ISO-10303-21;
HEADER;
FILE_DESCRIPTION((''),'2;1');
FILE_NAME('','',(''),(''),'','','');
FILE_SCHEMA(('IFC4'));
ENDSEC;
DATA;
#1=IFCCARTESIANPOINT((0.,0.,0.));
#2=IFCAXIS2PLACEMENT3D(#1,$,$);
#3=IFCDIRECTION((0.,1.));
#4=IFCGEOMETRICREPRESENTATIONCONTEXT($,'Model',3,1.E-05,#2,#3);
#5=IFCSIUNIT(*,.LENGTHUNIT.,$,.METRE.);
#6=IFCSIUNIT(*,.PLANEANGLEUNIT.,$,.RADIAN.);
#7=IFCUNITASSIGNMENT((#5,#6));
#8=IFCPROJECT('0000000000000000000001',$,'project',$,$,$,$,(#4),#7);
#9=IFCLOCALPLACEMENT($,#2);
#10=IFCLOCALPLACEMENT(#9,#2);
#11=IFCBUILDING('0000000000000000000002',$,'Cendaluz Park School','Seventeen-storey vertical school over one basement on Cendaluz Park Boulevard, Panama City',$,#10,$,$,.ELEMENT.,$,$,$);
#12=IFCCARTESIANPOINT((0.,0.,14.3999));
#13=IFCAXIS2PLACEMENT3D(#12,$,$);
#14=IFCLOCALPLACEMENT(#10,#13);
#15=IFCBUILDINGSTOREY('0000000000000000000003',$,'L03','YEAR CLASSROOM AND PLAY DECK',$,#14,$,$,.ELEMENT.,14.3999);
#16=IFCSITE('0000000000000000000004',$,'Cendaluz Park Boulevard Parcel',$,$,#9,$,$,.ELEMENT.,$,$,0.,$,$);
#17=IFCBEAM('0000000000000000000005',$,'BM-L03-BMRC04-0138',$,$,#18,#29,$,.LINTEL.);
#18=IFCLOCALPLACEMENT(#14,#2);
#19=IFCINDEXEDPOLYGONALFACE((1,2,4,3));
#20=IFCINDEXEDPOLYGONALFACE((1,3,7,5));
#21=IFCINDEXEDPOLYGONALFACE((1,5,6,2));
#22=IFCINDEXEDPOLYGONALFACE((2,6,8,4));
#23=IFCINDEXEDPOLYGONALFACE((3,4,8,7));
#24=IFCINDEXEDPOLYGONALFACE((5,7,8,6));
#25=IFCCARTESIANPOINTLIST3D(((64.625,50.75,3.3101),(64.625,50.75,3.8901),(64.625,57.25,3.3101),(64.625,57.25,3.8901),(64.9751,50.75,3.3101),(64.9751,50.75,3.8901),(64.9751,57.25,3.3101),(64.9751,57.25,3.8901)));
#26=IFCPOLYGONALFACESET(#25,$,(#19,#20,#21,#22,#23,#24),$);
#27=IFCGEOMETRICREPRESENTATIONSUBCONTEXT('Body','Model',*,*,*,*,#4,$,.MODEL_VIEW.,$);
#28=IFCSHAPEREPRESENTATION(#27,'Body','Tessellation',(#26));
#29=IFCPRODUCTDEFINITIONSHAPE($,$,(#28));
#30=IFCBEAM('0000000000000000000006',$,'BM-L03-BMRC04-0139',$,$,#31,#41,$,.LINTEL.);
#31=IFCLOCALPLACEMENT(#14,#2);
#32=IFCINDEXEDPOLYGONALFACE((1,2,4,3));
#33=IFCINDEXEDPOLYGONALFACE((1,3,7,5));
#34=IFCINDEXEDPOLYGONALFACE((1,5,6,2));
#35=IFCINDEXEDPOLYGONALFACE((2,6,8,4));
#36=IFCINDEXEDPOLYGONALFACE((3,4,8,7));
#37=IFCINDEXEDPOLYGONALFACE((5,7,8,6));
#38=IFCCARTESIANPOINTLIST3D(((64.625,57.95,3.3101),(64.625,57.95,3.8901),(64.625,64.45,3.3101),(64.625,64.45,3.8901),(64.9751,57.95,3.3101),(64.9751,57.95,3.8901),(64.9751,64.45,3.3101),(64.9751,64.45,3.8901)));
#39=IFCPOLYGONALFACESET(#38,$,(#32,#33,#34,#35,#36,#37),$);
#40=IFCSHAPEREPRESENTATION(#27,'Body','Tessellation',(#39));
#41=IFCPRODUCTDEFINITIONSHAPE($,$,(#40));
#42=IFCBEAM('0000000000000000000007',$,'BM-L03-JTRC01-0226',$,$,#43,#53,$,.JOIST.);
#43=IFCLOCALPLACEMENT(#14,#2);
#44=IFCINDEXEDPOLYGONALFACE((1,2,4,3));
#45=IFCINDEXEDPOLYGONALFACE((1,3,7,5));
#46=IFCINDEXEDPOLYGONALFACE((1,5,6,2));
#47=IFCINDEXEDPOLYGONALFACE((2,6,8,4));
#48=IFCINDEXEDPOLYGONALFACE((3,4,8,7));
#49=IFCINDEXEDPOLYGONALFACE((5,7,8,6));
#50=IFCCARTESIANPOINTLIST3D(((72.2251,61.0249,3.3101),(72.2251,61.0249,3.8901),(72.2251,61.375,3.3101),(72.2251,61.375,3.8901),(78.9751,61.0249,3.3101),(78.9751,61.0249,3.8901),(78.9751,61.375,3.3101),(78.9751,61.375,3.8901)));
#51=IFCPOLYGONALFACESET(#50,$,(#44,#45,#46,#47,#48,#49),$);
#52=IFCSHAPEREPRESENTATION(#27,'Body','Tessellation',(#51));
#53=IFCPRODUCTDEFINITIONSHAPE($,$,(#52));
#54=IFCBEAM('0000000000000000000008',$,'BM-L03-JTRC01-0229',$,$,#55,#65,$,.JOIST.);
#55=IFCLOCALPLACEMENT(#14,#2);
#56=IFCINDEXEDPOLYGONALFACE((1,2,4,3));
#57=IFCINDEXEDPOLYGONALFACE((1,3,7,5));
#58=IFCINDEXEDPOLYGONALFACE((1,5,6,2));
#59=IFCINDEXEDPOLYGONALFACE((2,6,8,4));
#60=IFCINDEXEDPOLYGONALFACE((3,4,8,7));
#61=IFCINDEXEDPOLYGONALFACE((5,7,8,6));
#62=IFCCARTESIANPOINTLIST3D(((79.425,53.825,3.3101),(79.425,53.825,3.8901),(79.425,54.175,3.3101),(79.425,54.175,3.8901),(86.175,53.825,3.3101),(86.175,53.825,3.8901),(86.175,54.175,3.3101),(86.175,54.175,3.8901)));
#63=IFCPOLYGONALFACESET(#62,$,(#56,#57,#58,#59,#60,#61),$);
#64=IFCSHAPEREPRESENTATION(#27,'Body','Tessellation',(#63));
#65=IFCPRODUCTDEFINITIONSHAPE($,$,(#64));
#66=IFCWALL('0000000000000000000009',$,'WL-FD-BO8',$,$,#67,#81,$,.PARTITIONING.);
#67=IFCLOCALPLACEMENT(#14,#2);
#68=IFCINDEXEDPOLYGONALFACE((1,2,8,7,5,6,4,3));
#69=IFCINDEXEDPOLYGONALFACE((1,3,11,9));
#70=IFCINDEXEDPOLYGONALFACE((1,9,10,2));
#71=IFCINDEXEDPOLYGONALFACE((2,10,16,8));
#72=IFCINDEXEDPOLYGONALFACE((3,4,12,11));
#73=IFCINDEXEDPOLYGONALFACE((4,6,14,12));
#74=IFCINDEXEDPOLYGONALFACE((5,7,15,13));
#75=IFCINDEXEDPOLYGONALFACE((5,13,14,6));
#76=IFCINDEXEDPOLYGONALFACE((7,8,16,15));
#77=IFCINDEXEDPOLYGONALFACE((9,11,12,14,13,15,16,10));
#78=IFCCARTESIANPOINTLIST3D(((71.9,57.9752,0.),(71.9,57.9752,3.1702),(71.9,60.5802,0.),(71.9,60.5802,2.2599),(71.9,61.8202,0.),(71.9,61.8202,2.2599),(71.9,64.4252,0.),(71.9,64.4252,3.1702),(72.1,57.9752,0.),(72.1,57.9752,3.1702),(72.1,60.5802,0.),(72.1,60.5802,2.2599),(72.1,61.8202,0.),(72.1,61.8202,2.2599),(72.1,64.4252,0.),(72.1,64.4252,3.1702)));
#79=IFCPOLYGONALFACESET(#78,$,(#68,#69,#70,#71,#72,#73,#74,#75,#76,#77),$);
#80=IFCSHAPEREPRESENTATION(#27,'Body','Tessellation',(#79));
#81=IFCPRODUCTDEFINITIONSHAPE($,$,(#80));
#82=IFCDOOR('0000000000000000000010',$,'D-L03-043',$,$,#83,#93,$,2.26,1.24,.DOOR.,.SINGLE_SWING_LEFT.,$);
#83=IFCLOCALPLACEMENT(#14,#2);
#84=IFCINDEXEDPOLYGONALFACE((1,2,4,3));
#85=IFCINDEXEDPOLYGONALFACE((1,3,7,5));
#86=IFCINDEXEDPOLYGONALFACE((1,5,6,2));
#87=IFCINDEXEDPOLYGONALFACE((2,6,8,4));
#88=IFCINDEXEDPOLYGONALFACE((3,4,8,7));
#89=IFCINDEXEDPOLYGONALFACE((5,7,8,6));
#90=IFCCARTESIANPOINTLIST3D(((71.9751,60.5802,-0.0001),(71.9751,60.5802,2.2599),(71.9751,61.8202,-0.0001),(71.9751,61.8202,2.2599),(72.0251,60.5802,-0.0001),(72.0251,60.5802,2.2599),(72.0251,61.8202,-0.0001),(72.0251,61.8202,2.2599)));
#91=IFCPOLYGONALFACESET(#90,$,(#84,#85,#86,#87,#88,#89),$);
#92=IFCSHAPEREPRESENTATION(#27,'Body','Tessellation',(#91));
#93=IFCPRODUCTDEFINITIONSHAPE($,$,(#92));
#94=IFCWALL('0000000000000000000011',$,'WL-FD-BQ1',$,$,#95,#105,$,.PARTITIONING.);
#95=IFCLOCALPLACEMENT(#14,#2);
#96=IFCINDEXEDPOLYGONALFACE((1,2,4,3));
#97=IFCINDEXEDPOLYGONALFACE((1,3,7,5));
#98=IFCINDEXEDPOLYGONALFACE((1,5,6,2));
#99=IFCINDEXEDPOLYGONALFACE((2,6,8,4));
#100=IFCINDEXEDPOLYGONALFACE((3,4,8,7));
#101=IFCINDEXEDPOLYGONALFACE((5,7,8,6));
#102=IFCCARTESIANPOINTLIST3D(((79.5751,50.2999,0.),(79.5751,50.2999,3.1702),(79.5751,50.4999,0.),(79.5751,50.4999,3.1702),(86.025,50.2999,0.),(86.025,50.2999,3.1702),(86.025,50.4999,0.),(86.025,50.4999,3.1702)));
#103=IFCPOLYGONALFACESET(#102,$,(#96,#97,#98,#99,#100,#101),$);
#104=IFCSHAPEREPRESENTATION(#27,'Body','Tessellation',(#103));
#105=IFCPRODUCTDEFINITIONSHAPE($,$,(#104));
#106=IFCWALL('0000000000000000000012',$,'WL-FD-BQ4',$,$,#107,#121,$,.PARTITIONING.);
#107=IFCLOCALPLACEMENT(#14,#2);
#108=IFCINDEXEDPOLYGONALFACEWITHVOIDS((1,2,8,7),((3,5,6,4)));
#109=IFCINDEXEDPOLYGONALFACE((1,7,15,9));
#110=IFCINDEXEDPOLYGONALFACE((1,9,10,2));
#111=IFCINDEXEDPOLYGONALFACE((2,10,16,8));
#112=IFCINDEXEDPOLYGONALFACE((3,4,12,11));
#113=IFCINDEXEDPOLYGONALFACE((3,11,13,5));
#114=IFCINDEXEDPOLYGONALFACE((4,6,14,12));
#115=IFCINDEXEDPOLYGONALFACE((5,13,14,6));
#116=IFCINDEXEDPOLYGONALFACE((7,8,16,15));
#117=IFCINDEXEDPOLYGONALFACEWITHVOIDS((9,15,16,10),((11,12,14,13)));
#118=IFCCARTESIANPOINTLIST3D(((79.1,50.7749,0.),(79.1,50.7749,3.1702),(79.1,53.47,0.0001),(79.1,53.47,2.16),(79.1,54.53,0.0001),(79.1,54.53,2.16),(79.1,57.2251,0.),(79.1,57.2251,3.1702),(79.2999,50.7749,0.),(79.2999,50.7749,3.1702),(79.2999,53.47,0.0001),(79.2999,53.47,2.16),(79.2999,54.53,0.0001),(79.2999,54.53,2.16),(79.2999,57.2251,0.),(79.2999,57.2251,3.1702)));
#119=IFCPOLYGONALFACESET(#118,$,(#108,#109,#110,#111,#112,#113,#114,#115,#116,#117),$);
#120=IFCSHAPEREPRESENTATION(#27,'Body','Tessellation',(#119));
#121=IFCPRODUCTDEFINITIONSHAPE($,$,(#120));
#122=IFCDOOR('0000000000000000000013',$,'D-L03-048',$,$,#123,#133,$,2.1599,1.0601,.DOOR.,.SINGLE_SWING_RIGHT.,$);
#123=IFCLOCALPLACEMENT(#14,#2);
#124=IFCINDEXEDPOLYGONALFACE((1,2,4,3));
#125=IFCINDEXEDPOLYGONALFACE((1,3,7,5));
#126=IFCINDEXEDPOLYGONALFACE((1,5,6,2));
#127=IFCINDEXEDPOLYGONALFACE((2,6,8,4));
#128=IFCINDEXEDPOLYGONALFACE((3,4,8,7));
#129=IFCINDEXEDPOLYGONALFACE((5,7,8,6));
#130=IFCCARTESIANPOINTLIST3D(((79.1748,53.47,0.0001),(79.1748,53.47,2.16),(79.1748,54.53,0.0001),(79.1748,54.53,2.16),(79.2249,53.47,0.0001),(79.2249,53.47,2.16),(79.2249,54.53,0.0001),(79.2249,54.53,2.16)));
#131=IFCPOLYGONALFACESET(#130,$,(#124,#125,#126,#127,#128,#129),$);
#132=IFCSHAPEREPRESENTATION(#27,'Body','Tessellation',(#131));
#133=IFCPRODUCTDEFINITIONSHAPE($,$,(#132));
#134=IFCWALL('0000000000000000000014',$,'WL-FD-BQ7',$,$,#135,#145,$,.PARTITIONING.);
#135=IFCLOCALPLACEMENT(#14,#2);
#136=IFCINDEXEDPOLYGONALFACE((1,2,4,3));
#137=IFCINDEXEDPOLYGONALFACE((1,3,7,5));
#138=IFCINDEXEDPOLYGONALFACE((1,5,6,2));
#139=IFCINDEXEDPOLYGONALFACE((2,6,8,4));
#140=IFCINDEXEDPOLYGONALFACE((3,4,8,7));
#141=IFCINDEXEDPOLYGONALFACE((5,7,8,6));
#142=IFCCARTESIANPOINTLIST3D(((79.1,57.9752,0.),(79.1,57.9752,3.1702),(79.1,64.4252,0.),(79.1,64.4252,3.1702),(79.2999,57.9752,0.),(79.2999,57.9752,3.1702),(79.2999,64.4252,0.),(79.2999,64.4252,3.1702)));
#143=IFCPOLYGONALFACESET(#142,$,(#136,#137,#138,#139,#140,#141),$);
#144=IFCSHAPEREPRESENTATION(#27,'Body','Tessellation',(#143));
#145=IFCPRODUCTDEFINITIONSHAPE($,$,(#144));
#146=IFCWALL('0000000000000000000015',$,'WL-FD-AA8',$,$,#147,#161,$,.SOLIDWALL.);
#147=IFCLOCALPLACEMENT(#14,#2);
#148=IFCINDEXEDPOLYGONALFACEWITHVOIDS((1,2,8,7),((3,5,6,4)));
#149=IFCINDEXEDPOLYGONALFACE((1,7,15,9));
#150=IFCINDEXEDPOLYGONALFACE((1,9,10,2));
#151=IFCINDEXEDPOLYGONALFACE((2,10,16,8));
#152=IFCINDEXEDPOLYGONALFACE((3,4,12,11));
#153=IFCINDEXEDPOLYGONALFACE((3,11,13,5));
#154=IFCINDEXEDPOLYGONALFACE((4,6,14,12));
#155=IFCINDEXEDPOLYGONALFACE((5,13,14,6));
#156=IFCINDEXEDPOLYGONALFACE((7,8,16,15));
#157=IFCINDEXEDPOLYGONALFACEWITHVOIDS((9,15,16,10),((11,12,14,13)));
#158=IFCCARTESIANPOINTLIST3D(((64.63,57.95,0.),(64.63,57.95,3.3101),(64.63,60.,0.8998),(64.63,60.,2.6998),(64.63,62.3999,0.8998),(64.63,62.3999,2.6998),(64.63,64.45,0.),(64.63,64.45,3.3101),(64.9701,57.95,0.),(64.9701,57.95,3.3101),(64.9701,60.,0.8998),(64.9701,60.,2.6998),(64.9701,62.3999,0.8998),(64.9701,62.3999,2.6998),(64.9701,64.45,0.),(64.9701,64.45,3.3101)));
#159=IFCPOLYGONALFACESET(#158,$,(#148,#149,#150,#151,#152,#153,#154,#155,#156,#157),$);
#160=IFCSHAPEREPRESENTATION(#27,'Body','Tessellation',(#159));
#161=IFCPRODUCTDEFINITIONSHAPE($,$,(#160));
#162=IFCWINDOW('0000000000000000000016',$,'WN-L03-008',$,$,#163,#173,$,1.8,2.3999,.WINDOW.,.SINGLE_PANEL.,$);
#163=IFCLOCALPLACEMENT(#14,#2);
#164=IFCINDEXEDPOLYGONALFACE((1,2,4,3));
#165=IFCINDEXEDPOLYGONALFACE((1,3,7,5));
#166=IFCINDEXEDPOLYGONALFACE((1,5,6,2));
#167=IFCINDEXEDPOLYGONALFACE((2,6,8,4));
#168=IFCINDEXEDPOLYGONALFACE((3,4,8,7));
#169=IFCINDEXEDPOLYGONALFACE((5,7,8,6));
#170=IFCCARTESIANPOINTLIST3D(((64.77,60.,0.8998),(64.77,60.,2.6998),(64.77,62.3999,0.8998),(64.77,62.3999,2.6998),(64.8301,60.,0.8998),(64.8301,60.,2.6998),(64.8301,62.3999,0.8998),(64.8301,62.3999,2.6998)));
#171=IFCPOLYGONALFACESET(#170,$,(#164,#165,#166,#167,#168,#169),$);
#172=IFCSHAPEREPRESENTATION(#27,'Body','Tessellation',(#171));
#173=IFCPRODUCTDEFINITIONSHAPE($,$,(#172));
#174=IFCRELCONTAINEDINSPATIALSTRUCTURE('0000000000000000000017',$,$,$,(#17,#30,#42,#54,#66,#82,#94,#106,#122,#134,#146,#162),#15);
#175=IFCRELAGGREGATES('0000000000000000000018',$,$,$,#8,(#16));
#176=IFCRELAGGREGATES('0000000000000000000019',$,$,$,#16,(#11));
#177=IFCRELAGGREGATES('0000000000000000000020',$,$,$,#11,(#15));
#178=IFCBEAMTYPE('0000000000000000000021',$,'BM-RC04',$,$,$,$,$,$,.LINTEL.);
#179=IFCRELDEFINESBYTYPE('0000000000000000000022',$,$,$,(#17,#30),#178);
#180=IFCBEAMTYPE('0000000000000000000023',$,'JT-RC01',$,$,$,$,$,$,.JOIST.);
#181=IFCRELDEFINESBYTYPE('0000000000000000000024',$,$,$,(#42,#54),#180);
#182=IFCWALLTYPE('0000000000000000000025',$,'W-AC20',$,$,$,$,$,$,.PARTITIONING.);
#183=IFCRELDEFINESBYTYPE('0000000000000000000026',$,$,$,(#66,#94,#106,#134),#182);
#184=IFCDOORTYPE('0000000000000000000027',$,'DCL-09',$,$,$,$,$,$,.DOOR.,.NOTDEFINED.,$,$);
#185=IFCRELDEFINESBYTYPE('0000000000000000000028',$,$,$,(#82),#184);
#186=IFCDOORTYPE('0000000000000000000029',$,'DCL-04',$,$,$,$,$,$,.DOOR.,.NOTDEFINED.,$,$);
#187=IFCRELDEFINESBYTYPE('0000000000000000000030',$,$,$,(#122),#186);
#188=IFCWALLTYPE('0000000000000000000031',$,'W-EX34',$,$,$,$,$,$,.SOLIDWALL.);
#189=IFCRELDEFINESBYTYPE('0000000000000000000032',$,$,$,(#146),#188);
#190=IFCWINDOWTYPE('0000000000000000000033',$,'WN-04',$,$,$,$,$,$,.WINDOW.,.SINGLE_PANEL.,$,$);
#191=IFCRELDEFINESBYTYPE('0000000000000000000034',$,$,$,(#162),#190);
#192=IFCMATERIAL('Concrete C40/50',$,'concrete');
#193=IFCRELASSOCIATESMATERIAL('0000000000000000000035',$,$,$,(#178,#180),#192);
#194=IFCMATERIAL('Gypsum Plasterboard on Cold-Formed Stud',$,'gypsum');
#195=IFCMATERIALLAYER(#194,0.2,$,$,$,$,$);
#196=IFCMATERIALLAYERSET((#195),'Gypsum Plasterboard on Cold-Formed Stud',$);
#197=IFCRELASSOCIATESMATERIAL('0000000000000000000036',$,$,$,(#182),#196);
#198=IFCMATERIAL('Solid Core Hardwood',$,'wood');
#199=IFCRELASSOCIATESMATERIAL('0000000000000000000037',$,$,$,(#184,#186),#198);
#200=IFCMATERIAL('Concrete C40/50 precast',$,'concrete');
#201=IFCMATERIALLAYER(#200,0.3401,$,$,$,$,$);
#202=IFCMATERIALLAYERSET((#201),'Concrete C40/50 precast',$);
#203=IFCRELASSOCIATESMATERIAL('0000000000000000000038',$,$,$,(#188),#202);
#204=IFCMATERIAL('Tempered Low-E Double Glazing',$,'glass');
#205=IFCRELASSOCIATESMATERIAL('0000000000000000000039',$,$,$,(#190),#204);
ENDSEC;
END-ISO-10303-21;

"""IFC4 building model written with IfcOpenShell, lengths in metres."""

from ifc_helpers import new_model, si_unit, direction, frame, frame_2d, origin, origin_2d, place, context, subcontext, project, spatial, rectangle, extrude, material, layer, layer_set, material_profile, profile_set, type_object, element, fill, save


model = new_model("IFC4")

# Units and contexts
model_context = context("Model", 3, precision=1e-05, world=origin(), true_north=direction((0.0, 1.0)))
body_context = subcontext(model_context, "Body", "Model", "MODEL_VIEW")
ifc_project = project(units=[si_unit("LENGTHUNIT", "METRE"), si_unit("PLANEANGLEUNIT", "RADIAN")], contexts=[model_context])

# Site, building, storey
site_placement = place(None, origin())
site = spatial("IfcSite", under=ifc_project, at=site_placement, Name="Cendaluz Park Boulevard Parcel", CompositionType="ELEMENT", RefElevation=0.0)
building_placement = place(site_placement, origin())
building = spatial("IfcBuilding", under=site, at=building_placement, Name="Cendaluz Park School", Description="Seventeen-storey vertical school over one basement on Cendaluz Park Boulevard, Panama City", CompositionType="ELEMENT")
storey_placement = place(building_placement, frame((0.0, 0.0, 14.3999)))
storey = spatial("IfcBuildingStorey", under=building, at=storey_placement, Name="L03", Description="YEAR CLASSROOM AND PLAY DECK", CompositionType="ELEMENT", Elevation=14.3999)

# Shared definitions
ifc_material_1 = material(Name="Concrete C40/50", Category="concrete")

# Beams
ifc_material_profile_1 = material_profile(ifc_material_1, rectangle(XDim=0.3501, YDim=0.5801, at=origin_2d()), Name="RC 350x580", Category="concrete")
ifc_profile_set_1 = profile_set([ifc_material_profile_1], Name="Concrete C40/50")
beam_type_1 = type_object("IfcBeamType", Name="BM-RC04", PredefinedType="LINTEL", material=ifc_profile_set_1)
for number, where, z_axis, x_axis, name in (
    (1, (64.8, 50.75, 3.6001), (0.0, 1.0, 0.0), (-1.0, 0.0, 0.0), "BM-L03-BMRC04-0138"),
    (2, (64.8, 57.95, 3.6001), (0.0, 1.0, 0.0), (-1.0, 0.0, 0.0), "BM-L03-BMRC04-0139"),
):
    element("IfcBeam", number, at=place(storey_placement, frame(where, z_axis=z_axis, x_axis=x_axis)), inside=storey, type_object=beam_type_1, Name=name, PredefinedType="LINTEL", context=body_context, shape_type="SweptSolid", body=[
        extrude(rectangle(XDim=0.3501, YDim=0.5801, at=origin_2d()), origin(), (0.0, 0.0, 1.0), 6.5),
    ])
ifc_material_profile_2 = material_profile(ifc_material_1, rectangle(XDim=0.3501, YDim=0.5801, at=origin_2d()), Name="RC 350x580", Category="concrete")
ifc_profile_set_2 = profile_set([ifc_material_profile_2], Name="Concrete C40/50")
beam_type_2 = type_object("IfcBeamType", Name="JT-RC01", PredefinedType="JOIST", material=ifc_profile_set_2)
for number, where, z_axis, x_axis, name in (
    (3, (72.2251, 61.2, 3.6001), (1.0, 0.0, 0.0), (0.0, 1.0, 0.0), "BM-L03-JTRC01-0226"),
    (4, (79.425, 54.0, 3.6001), (1.0, 0.0, 0.0), (0.0, 1.0, 0.0), "BM-L03-JTRC01-0229"),
):
    element("IfcBeam", number, at=place(storey_placement, frame(where, z_axis=z_axis, x_axis=x_axis)), inside=storey, type_object=beam_type_2, Name=name, PredefinedType="JOIST", context=body_context, shape_type="SweptSolid", body=[
        extrude(rectangle(XDim=0.3501, YDim=0.5801, at=origin_2d()), origin(), (0.0, 0.0, 1.0), 6.75),
    ])

# Wall, opening, door
ifc_material_2 = material(Name="Gypsum Plasterboard on Cold-Formed Stud", Category="gypsum")
ifc_layer_1 = layer(ifc_material_2, 0.2)
ifc_layer_set_1 = layer_set([ifc_layer_1], Name="Gypsum Plasterboard on Cold-Formed Stud")
wall_type_1 = type_object("IfcWallType", Name="W-AC20", PredefinedType="PARTITIONING", material=ifc_layer_set_1)
wall_1_placement = place(storey_placement, frame((72.0, 57.9751, 0.0), z_axis=(0.0, 0.0, 1.0), x_axis=(0.0, 1.0, 0.0)))
wall_1 = element("IfcWall", 5, at=wall_1_placement, inside=storey, type_object=wall_type_1, Name="WL-FD-BO8", PredefinedType="PARTITIONING", context=body_context, shape_type="SweptSolid", body=[
    extrude(rectangle(XDim=6.45, YDim=0.2, at=frame_2d((3.2251, 0.0))), origin(), (0.0, 0.0, 1.0), 3.1702),
])
opening_1_placement = place(wall_1_placement, frame((2.605, 0.0, 0.0)))
opening_1 = element("IfcOpeningElement", 6, at=opening_1_placement, cuts=wall_1, PredefinedType="OPENING", context=body_context, shape_type="SweptSolid", body=[
    extrude(rectangle(XDim=1.24, YDim=2.26, at=frame_2d((0.6201, 1.1299))), frame((0.0, 0.1121, 0.0), z_axis=(0.0, -1.0, 0.0), x_axis=(1.0, 0.0, 0.0)), (0.0, 0.0, 1.0), 0.2239),
])
ifc_material_3 = material(Name="Solid Core Hardwood", Category="wood")
door_type_1 = type_object("IfcDoorType", Name="DCL-09", OperationType="NOTDEFINED", PredefinedType="DOOR", material=ifc_material_3)
door_1_placement = place(opening_1_placement, origin())
door_1 = element("IfcDoor", 7, at=door_1_placement, inside=storey, type_object=door_type_1, Name="D-L03-043", OperationType="SINGLE_SWING_LEFT", OverallHeight=2.26, OverallWidth=1.24, PredefinedType="DOOR", context=body_context, shape_type="SweptSolid", body=[
    extrude(rectangle(XDim=1.24, YDim=2.26, at=frame_2d((0.6201, 1.1299))), frame((0.0, 0.0249, 0.0), z_axis=(0.0, -1.0, 0.0), x_axis=(1.0, 0.0, 0.0)), (0.0, 0.0, 1.0), 0.05),
])
fill(opening_1, door_1)

# Wall
wall_2_placement = place(storey_placement, frame((79.575, 50.3999, 0.0), z_axis=(0.0, 0.0, 1.0), x_axis=(1.0, 0.0, 0.0)))
element("IfcWall", 8, at=wall_2_placement, inside=storey, type_object=wall_type_1, Name="WL-FD-BQ1", PredefinedType="PARTITIONING", context=body_context, shape_type="SweptSolid", body=[
    extrude(rectangle(XDim=6.45, YDim=0.2, at=frame_2d((3.2251, 0.0))), origin(), (0.0, 0.0, 1.0), 3.1702),
])

# Wall, opening, door
wall_3_placement = place(storey_placement, frame((79.2, 50.7749, 0.0), z_axis=(0.0, 0.0, 1.0), x_axis=(0.0, 1.0, 0.0)))
wall_3 = element("IfcWall", 9, at=wall_3_placement, inside=storey, type_object=wall_type_1, Name="WL-FD-BQ4", PredefinedType="PARTITIONING", context=body_context, shape_type="SweptSolid", body=[
    extrude(rectangle(XDim=6.4502, YDim=0.2, at=frame_2d((3.2251, 0.0))), origin(), (0.0, 0.0, 1.0), 3.1702),
])
opening_2_placement = place(wall_3_placement, frame((2.6951, 0.0, 0.0)))
opening_2 = element("IfcOpeningElement", 10, at=opening_2_placement, cuts=wall_3, PredefinedType="OPENING", context=body_context, shape_type="SweptSolid", body=[
    extrude(rectangle(XDim=1.0601, YDim=2.1599, at=frame_2d((0.53, 1.0801))), frame((0.0, 0.1121, 0.0), z_axis=(0.0, -1.0, 0.0), x_axis=(1.0, 0.0, 0.0)), (0.0, 0.0, 1.0), 0.2239),
])
door_type_2 = type_object("IfcDoorType", Name="DCL-04", OperationType="NOTDEFINED", PredefinedType="DOOR", material=ifc_material_3)
door_2_placement = place(opening_2_placement, frame((1.0601, 0.0, 0.0), z_axis=(0.0, 0.0, 1.0), x_axis=(-1.0, 0.0, 0.0)))
door_2 = element("IfcDoor", 11, at=door_2_placement, inside=storey, type_object=door_type_2, Name="D-L03-048", OperationType="SINGLE_SWING_RIGHT", OverallHeight=2.1599, OverallWidth=1.0601, PredefinedType="DOOR", context=body_context, shape_type="SweptSolid", body=[
    extrude(rectangle(XDim=1.0601, YDim=2.1599, at=frame_2d((0.53, 1.0801))), frame((0.0, 0.0249, 0.0), z_axis=(0.0, -1.0, 0.0), x_axis=(1.0, 0.0, 0.0)), (0.0, 0.0, 1.0), 0.05),
])
fill(opening_2, door_2)

# Wall
wall_4_placement = place(storey_placement, frame((79.2, 57.9751, 0.0), z_axis=(0.0, 0.0, 1.0), x_axis=(0.0, 1.0, 0.0)))
element("IfcWall", 12, at=wall_4_placement, inside=storey, type_object=wall_type_1, Name="WL-FD-BQ7", PredefinedType="PARTITIONING", context=body_context, shape_type="SweptSolid", body=[
    extrude(rectangle(XDim=6.45, YDim=0.2, at=frame_2d((3.2251, 0.0))), origin(), (0.0, 0.0, 1.0), 3.1702),
])

# Wall, opening, window
ifc_material_4 = material(Name="Concrete C40/50 precast", Category="concrete")
ifc_layer_2 = layer(ifc_material_4, 0.3401)
ifc_layer_set_2 = layer_set([ifc_layer_2], Name="Concrete C40/50 precast")
wall_type_2 = type_object("IfcWallType", Name="W-EX34", PredefinedType="SOLIDWALL", material=ifc_layer_set_2)
wall_5_placement = place(storey_placement, frame((64.8, 57.95, 0.0), z_axis=(0.0, 0.0, 1.0), x_axis=(0.0, 1.0, 0.0)))
wall_5 = element("IfcWall", 13, at=wall_5_placement, inside=storey, type_object=wall_type_2, Name="WL-FD-AA8", PredefinedType="SOLIDWALL", context=body_context, shape_type="SweptSolid", body=[
    extrude(rectangle(XDim=6.5, YDim=0.3401, at=frame_2d((3.25, 0.0))), origin(), (0.0, 0.0, 1.0), 3.3101),
])
opening_3_placement = place(wall_5_placement, frame((2.05, 0.0, 0.8999)))
opening_3 = element("IfcOpeningElement", 14, at=opening_3_placement, cuts=wall_5, PredefinedType="OPENING", context=body_context, shape_type="SweptSolid", body=[
    extrude(rectangle(XDim=2.3999, YDim=1.8, at=frame_2d((1.2, 0.8999))), frame((0.0, 0.1821, 0.0), z_axis=(0.0, -1.0, 0.0), x_axis=(1.0, 0.0, 0.0)), (0.0, 0.0, 1.0), 0.364),
])
ifc_material_5 = material(Name="Tempered Low-E Double Glazing", Category="glass")
window_type = type_object("IfcWindowType", Name="WN-04", PartitioningType="SINGLE_PANEL", PredefinedType="WINDOW", material=ifc_material_5)
window_placement = place(opening_3_placement, origin())
window = element("IfcWindow", 15, at=window_placement, inside=storey, type_object=window_type, Name="WN-L03-008", OverallHeight=1.8, OverallWidth=2.3999, PartitioningType="SINGLE_PANEL", PredefinedType="WINDOW", context=body_context, shape_type="SweptSolid", body=[
    extrude(rectangle(XDim=2.3999, YDim=1.8, at=frame_2d((1.2, 0.8999))), frame((0.0, 0.03, 0.0), z_axis=(0.0, -1.0, 0.0), x_axis=(1.0, 0.0, 0.0)), (0.0, 0.0, 1.0), 0.0601),
])
fill(opening_3, window)

save(model, "model.ifc")
